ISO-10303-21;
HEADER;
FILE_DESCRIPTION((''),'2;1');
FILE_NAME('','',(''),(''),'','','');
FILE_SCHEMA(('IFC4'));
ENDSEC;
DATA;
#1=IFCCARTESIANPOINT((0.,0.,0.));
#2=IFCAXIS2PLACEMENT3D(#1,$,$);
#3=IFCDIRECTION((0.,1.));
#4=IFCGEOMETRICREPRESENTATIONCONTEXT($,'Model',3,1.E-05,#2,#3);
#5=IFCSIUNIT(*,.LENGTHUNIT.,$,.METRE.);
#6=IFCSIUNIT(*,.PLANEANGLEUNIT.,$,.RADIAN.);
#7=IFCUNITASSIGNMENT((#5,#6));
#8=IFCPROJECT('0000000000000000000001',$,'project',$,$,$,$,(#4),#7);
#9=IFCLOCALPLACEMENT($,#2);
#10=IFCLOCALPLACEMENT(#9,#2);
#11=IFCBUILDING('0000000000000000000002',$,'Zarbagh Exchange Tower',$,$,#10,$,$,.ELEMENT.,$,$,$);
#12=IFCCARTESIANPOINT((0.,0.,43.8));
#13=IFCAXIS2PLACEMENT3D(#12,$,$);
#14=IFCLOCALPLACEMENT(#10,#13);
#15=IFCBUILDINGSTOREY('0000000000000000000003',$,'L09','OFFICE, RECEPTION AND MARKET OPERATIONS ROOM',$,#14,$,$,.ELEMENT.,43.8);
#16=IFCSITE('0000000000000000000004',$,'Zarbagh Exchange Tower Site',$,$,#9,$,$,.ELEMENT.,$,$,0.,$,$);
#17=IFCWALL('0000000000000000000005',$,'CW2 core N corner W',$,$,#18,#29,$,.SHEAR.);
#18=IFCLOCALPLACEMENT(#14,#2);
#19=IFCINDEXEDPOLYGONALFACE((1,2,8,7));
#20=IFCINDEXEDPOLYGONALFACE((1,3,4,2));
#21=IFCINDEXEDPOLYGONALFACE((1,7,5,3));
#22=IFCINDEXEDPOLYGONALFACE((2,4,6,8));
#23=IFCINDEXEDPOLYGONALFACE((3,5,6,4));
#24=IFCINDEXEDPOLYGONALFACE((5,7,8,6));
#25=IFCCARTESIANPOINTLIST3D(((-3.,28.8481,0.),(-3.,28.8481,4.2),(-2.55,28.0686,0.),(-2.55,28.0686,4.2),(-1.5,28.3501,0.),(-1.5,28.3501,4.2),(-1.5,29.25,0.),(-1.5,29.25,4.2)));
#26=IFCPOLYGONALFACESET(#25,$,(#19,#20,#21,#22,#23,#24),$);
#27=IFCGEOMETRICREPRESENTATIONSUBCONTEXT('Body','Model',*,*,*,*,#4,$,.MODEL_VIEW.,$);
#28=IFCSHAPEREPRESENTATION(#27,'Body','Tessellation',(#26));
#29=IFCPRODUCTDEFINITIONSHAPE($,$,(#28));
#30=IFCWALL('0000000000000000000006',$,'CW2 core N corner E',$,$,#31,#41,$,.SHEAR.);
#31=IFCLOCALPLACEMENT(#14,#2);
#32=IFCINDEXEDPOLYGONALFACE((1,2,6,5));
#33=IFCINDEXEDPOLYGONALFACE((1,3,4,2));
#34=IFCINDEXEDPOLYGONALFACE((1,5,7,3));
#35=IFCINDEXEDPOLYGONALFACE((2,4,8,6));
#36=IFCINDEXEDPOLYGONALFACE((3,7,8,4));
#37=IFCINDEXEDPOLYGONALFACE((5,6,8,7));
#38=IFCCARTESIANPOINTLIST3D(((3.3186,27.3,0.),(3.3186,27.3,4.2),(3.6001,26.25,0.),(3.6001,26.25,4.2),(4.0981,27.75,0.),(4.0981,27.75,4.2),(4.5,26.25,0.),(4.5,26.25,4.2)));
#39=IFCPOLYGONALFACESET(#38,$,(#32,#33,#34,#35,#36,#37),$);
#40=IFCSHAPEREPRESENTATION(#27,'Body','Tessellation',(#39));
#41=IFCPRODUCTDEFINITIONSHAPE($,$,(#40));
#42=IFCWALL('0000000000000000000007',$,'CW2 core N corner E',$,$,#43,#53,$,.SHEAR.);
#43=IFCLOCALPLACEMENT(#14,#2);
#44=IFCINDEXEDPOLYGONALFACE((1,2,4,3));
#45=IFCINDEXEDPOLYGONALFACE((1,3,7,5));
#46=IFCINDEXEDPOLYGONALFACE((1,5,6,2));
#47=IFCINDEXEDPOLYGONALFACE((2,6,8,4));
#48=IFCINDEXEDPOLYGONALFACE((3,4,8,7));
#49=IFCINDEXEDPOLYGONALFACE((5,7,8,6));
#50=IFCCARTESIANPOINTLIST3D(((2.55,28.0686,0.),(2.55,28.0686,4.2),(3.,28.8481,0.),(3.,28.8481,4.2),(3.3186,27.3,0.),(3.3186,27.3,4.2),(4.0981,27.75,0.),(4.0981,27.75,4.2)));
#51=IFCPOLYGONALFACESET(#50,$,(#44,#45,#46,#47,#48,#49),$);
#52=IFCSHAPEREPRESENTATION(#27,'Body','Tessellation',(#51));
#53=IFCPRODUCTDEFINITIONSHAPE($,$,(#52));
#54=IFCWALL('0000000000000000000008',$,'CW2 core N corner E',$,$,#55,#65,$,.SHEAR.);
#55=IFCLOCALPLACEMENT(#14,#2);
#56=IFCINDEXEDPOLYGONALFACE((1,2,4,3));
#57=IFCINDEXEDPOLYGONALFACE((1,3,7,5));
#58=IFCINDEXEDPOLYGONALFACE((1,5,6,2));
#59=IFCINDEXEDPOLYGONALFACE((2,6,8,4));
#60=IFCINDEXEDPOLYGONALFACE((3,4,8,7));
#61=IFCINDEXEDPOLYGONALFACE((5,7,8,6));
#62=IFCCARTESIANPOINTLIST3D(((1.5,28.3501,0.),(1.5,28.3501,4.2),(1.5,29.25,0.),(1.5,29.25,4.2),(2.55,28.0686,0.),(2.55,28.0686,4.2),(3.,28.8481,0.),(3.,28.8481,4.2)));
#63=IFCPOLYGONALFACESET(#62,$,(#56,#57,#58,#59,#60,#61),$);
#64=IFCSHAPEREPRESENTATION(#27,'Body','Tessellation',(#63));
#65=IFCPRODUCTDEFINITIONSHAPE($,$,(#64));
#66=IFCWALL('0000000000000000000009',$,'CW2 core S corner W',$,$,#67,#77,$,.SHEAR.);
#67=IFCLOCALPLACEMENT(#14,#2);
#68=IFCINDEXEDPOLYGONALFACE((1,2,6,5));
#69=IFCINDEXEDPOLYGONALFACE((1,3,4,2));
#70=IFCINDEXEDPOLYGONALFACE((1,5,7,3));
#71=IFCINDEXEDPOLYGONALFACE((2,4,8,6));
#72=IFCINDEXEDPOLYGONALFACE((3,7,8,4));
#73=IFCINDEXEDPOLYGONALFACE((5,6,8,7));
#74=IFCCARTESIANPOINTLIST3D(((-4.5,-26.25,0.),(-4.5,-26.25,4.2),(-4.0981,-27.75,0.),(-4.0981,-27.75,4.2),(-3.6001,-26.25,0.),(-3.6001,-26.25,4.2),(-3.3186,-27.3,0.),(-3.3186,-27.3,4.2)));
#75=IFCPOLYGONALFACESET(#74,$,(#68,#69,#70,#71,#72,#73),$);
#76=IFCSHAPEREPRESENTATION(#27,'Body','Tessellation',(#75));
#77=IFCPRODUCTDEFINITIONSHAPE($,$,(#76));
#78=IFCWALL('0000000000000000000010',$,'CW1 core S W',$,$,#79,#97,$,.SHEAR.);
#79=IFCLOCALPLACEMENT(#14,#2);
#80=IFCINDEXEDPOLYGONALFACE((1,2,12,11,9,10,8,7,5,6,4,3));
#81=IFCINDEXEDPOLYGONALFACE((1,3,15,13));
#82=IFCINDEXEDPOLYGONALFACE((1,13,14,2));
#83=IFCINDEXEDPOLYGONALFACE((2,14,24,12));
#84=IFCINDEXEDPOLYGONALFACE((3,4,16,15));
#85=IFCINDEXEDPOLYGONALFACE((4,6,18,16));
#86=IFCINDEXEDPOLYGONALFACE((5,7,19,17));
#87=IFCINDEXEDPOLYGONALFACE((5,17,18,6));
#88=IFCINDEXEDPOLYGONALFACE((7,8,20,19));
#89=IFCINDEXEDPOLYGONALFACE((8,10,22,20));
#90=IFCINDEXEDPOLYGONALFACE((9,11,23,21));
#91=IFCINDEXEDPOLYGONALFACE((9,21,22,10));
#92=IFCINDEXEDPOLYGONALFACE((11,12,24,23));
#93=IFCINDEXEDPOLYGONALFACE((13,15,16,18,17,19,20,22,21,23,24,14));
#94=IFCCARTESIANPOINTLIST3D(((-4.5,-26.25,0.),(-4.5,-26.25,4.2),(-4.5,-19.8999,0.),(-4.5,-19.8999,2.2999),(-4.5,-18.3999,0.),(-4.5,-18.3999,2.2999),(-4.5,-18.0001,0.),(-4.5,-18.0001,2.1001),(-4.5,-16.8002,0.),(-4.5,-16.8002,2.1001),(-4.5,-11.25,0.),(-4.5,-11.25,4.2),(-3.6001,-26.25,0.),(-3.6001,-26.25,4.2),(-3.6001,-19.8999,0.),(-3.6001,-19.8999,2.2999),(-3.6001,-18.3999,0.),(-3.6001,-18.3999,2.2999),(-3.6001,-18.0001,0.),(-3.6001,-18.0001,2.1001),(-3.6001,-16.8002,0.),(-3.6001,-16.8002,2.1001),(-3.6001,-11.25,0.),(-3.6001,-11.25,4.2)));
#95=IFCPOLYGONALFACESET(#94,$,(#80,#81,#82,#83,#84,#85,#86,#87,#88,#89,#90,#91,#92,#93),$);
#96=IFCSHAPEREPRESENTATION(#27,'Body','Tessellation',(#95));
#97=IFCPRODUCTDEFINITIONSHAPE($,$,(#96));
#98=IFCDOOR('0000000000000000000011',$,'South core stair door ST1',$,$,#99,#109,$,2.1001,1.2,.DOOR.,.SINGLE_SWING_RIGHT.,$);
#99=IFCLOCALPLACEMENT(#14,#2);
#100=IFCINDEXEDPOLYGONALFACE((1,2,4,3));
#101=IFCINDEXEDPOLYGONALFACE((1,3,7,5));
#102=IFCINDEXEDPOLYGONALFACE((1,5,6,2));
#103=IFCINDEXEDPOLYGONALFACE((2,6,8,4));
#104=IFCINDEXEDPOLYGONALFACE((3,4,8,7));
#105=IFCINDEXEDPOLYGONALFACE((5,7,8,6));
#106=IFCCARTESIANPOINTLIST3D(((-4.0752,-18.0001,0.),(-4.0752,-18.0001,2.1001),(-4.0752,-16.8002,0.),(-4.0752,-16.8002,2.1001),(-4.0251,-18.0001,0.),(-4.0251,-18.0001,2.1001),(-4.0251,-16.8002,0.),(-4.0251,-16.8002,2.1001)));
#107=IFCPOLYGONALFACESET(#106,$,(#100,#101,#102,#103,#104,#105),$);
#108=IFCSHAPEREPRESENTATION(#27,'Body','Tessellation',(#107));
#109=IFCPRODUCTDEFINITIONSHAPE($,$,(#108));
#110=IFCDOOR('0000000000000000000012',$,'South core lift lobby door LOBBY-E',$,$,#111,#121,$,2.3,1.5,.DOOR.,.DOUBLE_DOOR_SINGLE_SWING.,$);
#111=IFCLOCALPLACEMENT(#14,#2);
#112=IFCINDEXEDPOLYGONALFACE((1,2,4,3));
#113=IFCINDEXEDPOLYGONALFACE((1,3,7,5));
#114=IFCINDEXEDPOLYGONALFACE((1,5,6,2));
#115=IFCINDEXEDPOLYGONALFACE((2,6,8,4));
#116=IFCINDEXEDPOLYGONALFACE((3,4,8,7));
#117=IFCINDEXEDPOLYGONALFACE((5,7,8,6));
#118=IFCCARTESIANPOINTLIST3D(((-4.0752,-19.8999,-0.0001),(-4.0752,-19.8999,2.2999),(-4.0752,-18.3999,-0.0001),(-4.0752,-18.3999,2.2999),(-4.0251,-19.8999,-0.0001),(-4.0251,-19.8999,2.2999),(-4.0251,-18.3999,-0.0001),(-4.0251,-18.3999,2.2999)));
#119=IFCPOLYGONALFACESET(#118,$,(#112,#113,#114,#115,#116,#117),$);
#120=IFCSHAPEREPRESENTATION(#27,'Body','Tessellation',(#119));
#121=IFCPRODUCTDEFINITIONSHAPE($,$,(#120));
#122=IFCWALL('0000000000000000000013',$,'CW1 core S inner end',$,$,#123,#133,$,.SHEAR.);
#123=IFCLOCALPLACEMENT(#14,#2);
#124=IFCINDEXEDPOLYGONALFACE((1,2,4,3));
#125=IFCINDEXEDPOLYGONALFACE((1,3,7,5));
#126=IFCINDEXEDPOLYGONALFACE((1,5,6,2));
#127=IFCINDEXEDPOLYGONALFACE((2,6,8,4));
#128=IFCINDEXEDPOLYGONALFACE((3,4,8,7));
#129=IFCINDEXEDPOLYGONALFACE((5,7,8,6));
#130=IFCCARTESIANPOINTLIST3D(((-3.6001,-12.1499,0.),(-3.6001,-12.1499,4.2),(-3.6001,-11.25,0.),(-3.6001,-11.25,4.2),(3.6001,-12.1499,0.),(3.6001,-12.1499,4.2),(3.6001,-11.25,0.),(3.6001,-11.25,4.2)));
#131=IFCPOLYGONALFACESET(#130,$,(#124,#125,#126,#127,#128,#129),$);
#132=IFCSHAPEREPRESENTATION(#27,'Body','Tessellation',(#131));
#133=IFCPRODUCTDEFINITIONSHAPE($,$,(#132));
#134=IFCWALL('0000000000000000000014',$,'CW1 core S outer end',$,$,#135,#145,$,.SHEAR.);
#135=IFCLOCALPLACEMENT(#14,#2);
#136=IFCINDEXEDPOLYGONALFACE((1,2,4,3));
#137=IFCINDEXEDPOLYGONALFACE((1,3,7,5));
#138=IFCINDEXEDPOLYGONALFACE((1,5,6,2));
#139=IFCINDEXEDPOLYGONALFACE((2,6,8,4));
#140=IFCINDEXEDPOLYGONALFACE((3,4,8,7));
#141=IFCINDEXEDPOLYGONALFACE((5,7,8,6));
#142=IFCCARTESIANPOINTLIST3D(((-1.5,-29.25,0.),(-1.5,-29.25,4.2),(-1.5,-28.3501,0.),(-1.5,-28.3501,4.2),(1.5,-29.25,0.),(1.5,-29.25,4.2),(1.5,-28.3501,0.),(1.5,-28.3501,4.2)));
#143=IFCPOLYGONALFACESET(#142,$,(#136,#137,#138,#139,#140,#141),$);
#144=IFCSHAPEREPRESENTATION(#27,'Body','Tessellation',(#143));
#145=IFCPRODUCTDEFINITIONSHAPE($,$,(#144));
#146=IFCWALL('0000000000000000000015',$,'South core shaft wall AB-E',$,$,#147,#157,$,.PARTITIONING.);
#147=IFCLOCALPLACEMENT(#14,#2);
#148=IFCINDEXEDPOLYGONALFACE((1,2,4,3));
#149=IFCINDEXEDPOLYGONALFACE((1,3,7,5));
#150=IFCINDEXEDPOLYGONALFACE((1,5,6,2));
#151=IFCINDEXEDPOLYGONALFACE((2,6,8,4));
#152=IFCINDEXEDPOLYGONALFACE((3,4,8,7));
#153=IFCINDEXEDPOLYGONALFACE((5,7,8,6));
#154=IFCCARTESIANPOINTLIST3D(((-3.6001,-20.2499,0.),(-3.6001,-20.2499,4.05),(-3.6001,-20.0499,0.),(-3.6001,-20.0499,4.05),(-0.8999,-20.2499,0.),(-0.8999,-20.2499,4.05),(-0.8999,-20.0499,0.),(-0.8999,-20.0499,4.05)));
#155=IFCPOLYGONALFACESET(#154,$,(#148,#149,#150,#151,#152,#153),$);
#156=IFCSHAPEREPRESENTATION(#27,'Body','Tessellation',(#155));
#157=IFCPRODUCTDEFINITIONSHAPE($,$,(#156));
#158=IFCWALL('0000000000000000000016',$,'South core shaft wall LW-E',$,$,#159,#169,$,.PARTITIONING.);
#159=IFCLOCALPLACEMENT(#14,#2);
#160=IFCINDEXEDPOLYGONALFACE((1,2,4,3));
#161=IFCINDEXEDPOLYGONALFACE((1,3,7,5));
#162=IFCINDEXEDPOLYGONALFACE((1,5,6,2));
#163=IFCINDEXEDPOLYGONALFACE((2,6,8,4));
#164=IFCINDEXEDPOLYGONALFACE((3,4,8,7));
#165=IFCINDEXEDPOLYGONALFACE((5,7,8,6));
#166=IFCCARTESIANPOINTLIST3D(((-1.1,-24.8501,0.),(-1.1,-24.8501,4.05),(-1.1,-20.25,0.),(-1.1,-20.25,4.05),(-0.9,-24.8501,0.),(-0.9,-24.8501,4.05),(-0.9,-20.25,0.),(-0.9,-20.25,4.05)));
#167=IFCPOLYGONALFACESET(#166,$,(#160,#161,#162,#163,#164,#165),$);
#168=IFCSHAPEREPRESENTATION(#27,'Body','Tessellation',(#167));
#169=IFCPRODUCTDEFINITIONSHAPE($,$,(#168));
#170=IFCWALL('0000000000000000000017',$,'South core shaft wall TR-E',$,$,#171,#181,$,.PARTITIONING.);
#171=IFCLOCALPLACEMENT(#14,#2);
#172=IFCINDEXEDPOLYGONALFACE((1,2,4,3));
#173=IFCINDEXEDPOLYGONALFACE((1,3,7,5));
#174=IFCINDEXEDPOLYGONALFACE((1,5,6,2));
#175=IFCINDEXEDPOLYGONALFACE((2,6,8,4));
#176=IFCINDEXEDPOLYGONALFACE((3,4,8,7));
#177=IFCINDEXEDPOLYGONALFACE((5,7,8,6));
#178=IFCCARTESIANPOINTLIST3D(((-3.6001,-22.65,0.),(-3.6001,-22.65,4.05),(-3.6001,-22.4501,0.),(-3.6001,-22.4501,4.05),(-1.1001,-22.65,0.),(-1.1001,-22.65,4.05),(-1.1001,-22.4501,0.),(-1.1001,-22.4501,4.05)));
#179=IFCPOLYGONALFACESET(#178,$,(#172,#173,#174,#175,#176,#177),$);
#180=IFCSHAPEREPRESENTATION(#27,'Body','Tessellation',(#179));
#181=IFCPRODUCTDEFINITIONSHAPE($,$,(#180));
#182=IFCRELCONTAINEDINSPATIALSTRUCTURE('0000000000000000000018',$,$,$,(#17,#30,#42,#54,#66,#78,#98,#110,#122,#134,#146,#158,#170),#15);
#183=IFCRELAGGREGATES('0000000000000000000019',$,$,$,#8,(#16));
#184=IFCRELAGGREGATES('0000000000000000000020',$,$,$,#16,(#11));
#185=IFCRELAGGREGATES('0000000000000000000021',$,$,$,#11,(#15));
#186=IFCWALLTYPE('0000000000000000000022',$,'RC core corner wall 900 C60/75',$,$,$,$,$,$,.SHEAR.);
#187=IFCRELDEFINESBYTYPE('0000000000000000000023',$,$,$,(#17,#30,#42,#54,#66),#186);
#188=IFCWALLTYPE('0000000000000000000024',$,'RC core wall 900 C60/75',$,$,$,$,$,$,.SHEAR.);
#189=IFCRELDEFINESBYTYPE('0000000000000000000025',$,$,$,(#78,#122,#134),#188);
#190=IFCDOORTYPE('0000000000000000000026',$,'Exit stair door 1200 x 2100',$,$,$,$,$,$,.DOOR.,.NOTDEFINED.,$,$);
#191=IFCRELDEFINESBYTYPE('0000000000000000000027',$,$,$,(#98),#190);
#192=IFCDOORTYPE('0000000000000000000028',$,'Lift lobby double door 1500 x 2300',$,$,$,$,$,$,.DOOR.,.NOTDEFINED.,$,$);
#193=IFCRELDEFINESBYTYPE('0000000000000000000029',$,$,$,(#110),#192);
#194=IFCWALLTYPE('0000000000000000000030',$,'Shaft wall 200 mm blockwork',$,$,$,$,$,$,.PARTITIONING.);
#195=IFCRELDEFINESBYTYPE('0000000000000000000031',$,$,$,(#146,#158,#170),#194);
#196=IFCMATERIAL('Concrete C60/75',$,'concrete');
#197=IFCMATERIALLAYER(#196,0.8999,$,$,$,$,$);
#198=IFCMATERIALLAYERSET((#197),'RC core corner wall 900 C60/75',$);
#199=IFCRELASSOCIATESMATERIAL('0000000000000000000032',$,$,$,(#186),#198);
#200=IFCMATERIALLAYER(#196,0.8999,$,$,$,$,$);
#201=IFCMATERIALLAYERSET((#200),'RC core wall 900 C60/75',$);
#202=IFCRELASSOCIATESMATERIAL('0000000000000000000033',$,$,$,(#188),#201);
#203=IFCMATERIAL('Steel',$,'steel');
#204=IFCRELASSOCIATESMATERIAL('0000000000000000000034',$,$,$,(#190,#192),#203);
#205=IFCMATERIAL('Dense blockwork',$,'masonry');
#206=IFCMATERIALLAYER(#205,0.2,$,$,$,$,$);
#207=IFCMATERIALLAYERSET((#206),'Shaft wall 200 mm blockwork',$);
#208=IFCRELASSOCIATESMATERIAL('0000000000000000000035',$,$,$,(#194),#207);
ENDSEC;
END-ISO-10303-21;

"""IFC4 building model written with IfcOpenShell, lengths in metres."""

from ifc_helpers import new_model, si_unit, direction, frame, frame_2d, origin, place, context, subcontext, project, spatial, polyline, rectangle, outline, extrude, material, layer, layer_set, type_object, element, fill, save


model = new_model("IFC4")

# Units and contexts
model_context = context("Model", 3, precision=1e-05, world=origin(), true_north=direction((0.0, 1.0)))
body_context = subcontext(model_context, "Body", "Model", "MODEL_VIEW")
ifc_project = project(units=[si_unit("LENGTHUNIT", "METRE"), si_unit("PLANEANGLEUNIT", "RADIAN")], contexts=[model_context])

# Site, building, storey
site_placement = place(None, origin())
site = spatial("IfcSite", under=ifc_project, at=site_placement, Name="Zarbagh Exchange Tower Site", CompositionType="ELEMENT", RefElevation=0.0)
building_placement = place(site_placement, origin())
building = spatial("IfcBuilding", under=site, at=building_placement, Name="Zarbagh Exchange Tower", CompositionType="ELEMENT")
storey_placement = place(building_placement, frame((0.0, 0.0, 43.8)))
storey = spatial("IfcBuildingStorey", under=building, at=storey_placement, Name="L09", Description="OFFICE, RECEPTION AND MARKET OPERATIONS ROOM", CompositionType="ELEMENT", Elevation=43.8)

# Shared definitions
ifc_material_1 = material(Name="Concrete C60/75", Category="concrete")

# Walls
ifc_layer_1 = layer(ifc_material_1, 0.8999)
ifc_layer_set_1 = layer_set([ifc_layer_1], Name="RC core corner wall 900 C60/75")
wall_type_1 = type_object("IfcWallType", Name="RC core corner wall 900 C60/75", PredefinedType="SHEAR", material=ifc_layer_set_1)
wall_1_placement = place(storey_placement, origin())
element("IfcWall", 1, at=wall_1_placement, inside=storey, type_object=wall_type_1, Name="CW2 core N corner W", PredefinedType="SHEAR", context=body_context, shape_type="SweptSolid", body=[
    extrude(outline(polyline([(-3.0, 28.8481), (-1.5, 29.25), (-1.5, 28.3501), (-2.55, 28.0686), (-3.0, 28.8481)])), origin(), (0.0, 0.0, 1.0), 4.2),
])
wall_2_placement = place(storey_placement, origin())
element("IfcWall", 2, at=wall_2_placement, inside=storey, type_object=wall_type_1, Name="CW2 core N corner E", PredefinedType="SHEAR", context=body_context, shape_type="SweptSolid", body=[
    extrude(outline(polyline([(4.5, 26.25), (4.0981, 27.75), (3.3186, 27.3), (3.6001, 26.25), (4.5, 26.25)])), origin(), (0.0, 0.0, 1.0), 4.2),
])
wall_3_placement = place(storey_placement, origin())
element("IfcWall", 3, at=wall_3_placement, inside=storey, type_object=wall_type_1, Name="CW2 core N corner E", PredefinedType="SHEAR", context=body_context, shape_type="SweptSolid", body=[
    extrude(outline(polyline([(4.0981, 27.75), (3.0, 28.8481), (2.55, 28.0686), (3.3186, 27.3), (4.0981, 27.75)])), origin(), (0.0, 0.0, 1.0), 4.2),
])
wall_4_placement = place(storey_placement, origin())
element("IfcWall", 4, at=wall_4_placement, inside=storey, type_object=wall_type_1, Name="CW2 core N corner E", PredefinedType="SHEAR", context=body_context, shape_type="SweptSolid", body=[
    extrude(outline(polyline([(3.0, 28.8481), (1.5, 29.25), (1.5, 28.3501), (2.55, 28.0686), (3.0, 28.8481)])), origin(), (0.0, 0.0, 1.0), 4.2),
])
wall_5_placement = place(storey_placement, origin())
element("IfcWall", 5, at=wall_5_placement, inside=storey, type_object=wall_type_1, Name="CW2 core S corner W", PredefinedType="SHEAR", context=body_context, shape_type="SweptSolid", body=[
    extrude(outline(polyline([(-4.5, -26.25), (-4.0981, -27.75), (-3.3186, -27.3), (-3.6001, -26.25), (-4.5, -26.25)])), origin(), (0.0, 0.0, 1.0), 4.2),
])

# Wall, openings, doors
ifc_layer_2 = layer(ifc_material_1, 0.8999)
ifc_layer_set_2 = layer_set([ifc_layer_2], Name="RC core wall 900 C60/75")
wall_type_2 = type_object("IfcWallType", Name="RC core wall 900 C60/75", PredefinedType="SHEAR", material=ifc_layer_set_2)
wall_6_placement = place(storey_placement, frame((-4.05, -11.25, 0.0), z_axis=(0.0, 0.0, 1.0), x_axis=(0.0, -1.0, 0.0)))
wall_6 = element("IfcWall", 6, at=wall_6_placement, inside=storey, type_object=wall_type_2, Name="CW1 core S W", PredefinedType="SHEAR", context=body_context, shape_type="SweptSolid", body=[
    extrude(rectangle(XDim=15.0, YDim=0.8999, at=frame_2d((7.5, 0.0))), origin(), (0.0, 0.0, 1.0), 4.2),
])
opening_1_placement = place(wall_6_placement, frame((7.1499, 0.0, 0.0)))
opening_1 = element("IfcOpeningElement", 7, at=opening_1_placement, cuts=wall_6, PredefinedType="OPENING", context=body_context, shape_type="SweptSolid", body=[
    extrude(rectangle(XDim=1.5, YDim=2.3, at=frame_2d((0.75, 1.1499))), frame((0.0, 0.46, 0.0), z_axis=(0.0, -1.0, 0.0), x_axis=(1.0, 0.0, 0.0)), (0.0, 0.0, 1.0), 0.9199),
])
opening_2_placement = place(wall_6_placement, frame((5.55, 0.0, 0.0)))
opening_2 = element("IfcOpeningElement", 8, at=opening_2_placement, cuts=wall_6, PredefinedType="OPENING", context=body_context, shape_type="SweptSolid", body=[
    extrude(rectangle(XDim=1.2, YDim=2.1001, at=frame_2d((0.6001, 1.05))), frame((0.0, 0.46, 0.0), z_axis=(0.0, -1.0, 0.0), x_axis=(1.0, 0.0, 0.0)), (0.0, 0.0, 1.0), 0.9199),
])
ifc_material_2 = material(Name="Steel", Category="steel")
door_type_1 = type_object("IfcDoorType", Name="Exit stair door 1200 x 2100", OperationType="NOTDEFINED", PredefinedType="DOOR", material=ifc_material_2)
door_1_placement = place(opening_2_placement, origin())
door_1 = element("IfcDoor", 9, at=door_1_placement, inside=storey, type_object=door_type_1, Name="South core stair door ST1", OperationType="SINGLE_SWING_RIGHT", OverallHeight=2.1001, OverallWidth=1.2, PredefinedType="DOOR", context=body_context, shape_type="SweptSolid", body=[
    extrude(rectangle(XDim=1.2, YDim=2.1001, at=frame_2d((0.6001, 1.05))), frame((0.0, 0.0249, 0.0), z_axis=(0.0, -1.0, 0.0), x_axis=(1.0, 0.0, 0.0)), (0.0, 0.0, 1.0), 0.05),
])
fill(opening_2, door_1)
door_type_2 = type_object("IfcDoorType", Name="Lift lobby double door 1500 x 2300", OperationType="NOTDEFINED", PredefinedType="DOOR", material=ifc_material_2)
door_2_placement = place(opening_1_placement, origin())
door_2 = element("IfcDoor", 10, at=door_2_placement, inside=storey, type_object=door_type_2, Name="South core lift lobby door LOBBY-E", OperationType="DOUBLE_DOOR_SINGLE_SWING", OverallHeight=2.3, OverallWidth=1.5, PredefinedType="DOOR", context=body_context, shape_type="SweptSolid", body=[
    extrude(rectangle(XDim=1.5, YDim=2.3, at=frame_2d((0.75, 1.1499))), frame((0.0, 0.0249, 0.0), z_axis=(0.0, -1.0, 0.0), x_axis=(1.0, 0.0, 0.0)), (0.0, 0.0, 1.0), 0.05),
])
fill(opening_1, door_2)

# Walls
wall_7_placement = place(storey_placement, frame((-3.6001, -11.7, 0.0), z_axis=(0.0, 0.0, 1.0), x_axis=(1.0, 0.0, 0.0)))
element("IfcWall", 11, at=wall_7_placement, inside=storey, type_object=wall_type_2, Name="CW1 core S inner end", PredefinedType="SHEAR", context=body_context, shape_type="SweptSolid", body=[
    extrude(rectangle(XDim=7.2002, YDim=0.8999, at=frame_2d((3.6001, 0.0))), origin(), (0.0, 0.0, 1.0), 4.2),
])
wall_8_placement = place(storey_placement, frame((-1.5, -28.8, 0.0), z_axis=(0.0, 0.0, 1.0), x_axis=(1.0, 0.0, 0.0)))
element("IfcWall", 12, at=wall_8_placement, inside=storey, type_object=wall_type_2, Name="CW1 core S outer end", PredefinedType="SHEAR", context=body_context, shape_type="SweptSolid", body=[
    extrude(rectangle(XDim=3.0, YDim=0.8999, at=frame_2d((1.5, 0.0))), origin(), (0.0, 0.0, 1.0), 4.2),
])
ifc_material_3 = material(Name="Dense blockwork", Category="masonry")
ifc_layer_3 = layer(ifc_material_3, 0.2)
ifc_layer_set_3 = layer_set([ifc_layer_3], Name="Shaft wall 200 mm blockwork")
wall_type_3 = type_object("IfcWallType", Name="Shaft wall 200 mm blockwork", PredefinedType="PARTITIONING", material=ifc_layer_set_3)
wall_9_placement = place(storey_placement, frame((-0.8999, -20.1499, 0.0), z_axis=(0.0, 0.0, 1.0), x_axis=(-1.0, 0.0, 0.0)))
element("IfcWall", 13, at=wall_9_placement, inside=storey, type_object=wall_type_3, Name="South core shaft wall AB-E", PredefinedType="PARTITIONING", context=body_context, shape_type="SweptSolid", body=[
    extrude(rectangle(XDim=2.7002, YDim=0.2, at=frame_2d((1.3501, 0.0))), origin(), (0.0, 0.0, 1.0), 4.05),
])
wall_10_placement = place(storey_placement, frame((-1.0, -24.8501, 0.0), z_axis=(0.0, 0.0, 1.0), x_axis=(0.0, 1.0, 0.0)))
element("IfcWall", 14, at=wall_10_placement, inside=storey, type_object=wall_type_3, Name="South core shaft wall LW-E", PredefinedType="PARTITIONING", context=body_context, shape_type="SweptSolid", body=[
    extrude(rectangle(XDim=4.6001, YDim=0.2, at=frame_2d((2.3, 0.0))), origin(), (0.0, 0.0, 1.0), 4.05),
])
wall_11_placement = place(storey_placement, frame((-1.1001, -22.55, 0.0), z_axis=(0.0, 0.0, 1.0), x_axis=(-1.0, 0.0, 0.0)))
element("IfcWall", 15, at=wall_11_placement, inside=storey, type_object=wall_type_3, Name="South core shaft wall TR-E", PredefinedType="PARTITIONING", context=body_context, shape_type="SweptSolid", body=[
    extrude(rectangle(XDim=2.5, YDim=0.2, at=frame_2d((1.25, 0.0))), origin(), (0.0, 0.0, 1.0), 4.05),
])

save(model, "model.ifc")
